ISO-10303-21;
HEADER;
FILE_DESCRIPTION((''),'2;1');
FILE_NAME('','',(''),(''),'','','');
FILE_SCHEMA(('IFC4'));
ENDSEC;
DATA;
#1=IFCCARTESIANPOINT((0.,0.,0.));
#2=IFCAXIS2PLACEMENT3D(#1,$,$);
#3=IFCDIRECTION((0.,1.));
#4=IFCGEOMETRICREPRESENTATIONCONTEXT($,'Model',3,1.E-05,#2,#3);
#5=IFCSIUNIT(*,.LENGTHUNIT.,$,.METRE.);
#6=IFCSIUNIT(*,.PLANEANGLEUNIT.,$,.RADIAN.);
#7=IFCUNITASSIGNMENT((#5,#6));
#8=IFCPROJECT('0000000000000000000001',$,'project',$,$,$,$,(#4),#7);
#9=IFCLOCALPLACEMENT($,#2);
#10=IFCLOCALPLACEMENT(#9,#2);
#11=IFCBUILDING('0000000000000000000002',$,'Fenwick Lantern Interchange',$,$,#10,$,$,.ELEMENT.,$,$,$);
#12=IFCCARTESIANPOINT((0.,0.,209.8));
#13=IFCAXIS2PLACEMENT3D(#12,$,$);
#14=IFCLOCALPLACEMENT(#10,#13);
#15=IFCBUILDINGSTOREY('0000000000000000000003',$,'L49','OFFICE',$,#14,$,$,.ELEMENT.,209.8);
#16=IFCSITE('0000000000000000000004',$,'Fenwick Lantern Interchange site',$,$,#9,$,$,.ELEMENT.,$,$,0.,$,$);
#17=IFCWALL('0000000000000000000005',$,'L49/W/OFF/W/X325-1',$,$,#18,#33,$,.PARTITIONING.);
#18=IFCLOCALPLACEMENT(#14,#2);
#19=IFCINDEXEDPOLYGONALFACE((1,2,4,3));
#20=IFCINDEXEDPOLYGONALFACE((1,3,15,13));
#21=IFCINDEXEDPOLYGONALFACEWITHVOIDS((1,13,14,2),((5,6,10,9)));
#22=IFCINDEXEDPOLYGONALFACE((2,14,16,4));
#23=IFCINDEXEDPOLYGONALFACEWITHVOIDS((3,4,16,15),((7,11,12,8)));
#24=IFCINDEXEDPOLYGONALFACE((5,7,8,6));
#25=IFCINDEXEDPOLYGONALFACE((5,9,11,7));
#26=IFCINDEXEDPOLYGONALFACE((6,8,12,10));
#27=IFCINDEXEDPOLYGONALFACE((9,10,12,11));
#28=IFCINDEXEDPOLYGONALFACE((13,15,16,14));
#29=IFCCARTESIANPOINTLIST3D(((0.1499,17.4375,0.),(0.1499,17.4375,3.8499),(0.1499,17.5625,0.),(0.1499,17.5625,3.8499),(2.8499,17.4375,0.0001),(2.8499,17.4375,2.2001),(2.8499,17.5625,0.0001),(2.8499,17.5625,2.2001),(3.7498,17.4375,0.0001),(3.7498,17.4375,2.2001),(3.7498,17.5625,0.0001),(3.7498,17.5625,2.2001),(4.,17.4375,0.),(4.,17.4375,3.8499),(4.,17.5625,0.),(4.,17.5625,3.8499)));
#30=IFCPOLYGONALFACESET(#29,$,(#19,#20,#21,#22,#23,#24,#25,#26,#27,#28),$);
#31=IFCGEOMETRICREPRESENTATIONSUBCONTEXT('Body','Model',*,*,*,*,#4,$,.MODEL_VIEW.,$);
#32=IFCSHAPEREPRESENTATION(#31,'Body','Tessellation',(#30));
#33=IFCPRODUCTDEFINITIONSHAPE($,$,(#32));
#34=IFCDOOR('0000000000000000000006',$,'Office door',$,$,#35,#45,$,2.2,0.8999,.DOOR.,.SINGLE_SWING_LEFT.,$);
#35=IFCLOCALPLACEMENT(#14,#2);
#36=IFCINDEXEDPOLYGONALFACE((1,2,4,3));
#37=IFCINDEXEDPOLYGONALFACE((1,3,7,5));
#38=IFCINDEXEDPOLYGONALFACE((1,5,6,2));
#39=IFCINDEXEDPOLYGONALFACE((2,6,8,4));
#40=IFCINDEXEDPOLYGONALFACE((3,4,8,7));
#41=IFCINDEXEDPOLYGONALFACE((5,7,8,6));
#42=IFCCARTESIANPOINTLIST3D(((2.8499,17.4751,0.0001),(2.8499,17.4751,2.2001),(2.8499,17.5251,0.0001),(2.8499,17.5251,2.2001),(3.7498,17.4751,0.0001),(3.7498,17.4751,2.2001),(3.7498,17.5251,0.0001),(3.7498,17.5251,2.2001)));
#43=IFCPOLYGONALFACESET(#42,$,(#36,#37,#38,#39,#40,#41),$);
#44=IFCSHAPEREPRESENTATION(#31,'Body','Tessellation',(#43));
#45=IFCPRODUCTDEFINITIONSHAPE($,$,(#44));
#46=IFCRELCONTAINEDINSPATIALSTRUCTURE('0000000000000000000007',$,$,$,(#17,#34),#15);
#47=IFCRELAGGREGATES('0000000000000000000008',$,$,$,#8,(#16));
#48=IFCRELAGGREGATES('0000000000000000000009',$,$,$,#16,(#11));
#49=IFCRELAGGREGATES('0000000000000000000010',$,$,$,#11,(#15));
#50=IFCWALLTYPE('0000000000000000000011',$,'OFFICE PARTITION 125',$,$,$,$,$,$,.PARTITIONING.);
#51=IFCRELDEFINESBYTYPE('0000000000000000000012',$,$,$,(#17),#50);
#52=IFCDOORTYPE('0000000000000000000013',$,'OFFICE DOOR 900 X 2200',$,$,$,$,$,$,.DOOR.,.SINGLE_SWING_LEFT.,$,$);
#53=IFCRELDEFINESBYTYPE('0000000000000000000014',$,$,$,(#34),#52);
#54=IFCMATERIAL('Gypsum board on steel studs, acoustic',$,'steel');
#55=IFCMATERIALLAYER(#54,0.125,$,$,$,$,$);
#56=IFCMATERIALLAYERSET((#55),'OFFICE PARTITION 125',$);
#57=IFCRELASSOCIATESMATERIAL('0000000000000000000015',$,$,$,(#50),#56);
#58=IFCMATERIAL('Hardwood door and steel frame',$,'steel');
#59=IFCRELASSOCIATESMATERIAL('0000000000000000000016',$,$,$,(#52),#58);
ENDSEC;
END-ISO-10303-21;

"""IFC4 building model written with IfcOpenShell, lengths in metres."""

from ifc_helpers import new_model, si_unit, direction, frame, frame_2d, origin, place, context, subcontext, project, spatial, rectangle, extrude, material, layer, layer_set, type_object, element, fill, save


model = new_model("IFC4")

# Units and contexts
model_context = context("Model", 3, precision=1e-05, world=origin(), true_north=direction((0.0, 1.0)))
body_context = subcontext(model_context, "Body", "Model", "MODEL_VIEW")
ifc_project = project(units=[si_unit("LENGTHUNIT", "METRE"), si_unit("PLANEANGLEUNIT", "RADIAN")], contexts=[model_context])

# Site, building, storey
site_placement = place(None, origin())
site = spatial("IfcSite", under=ifc_project, at=site_placement, Name="Fenwick Lantern Interchange site", CompositionType="ELEMENT", RefElevation=0.0)
building_placement = place(site_placement, origin())
building = spatial("IfcBuilding", under=site, at=building_placement, Name="Fenwick Lantern Interchange", CompositionType="ELEMENT")
storey_placement = place(building_placement, frame((0.0, 0.0, 209.8)))
storey = spatial("IfcBuildingStorey", under=building, at=storey_placement, Name="L49", Description="OFFICE", CompositionType="ELEMENT", Elevation=209.8)

# Shared definitions
ifc_material_1 = material(Name="Gypsum board on steel studs, acoustic", Category="steel")
ifc_layer_1 = layer(ifc_material_1, 0.125)
ifc_layer_set_1 = layer_set([ifc_layer_1], Name="OFFICE PARTITION 125")
wall_type_1 = type_object("IfcWallType", Name="OFFICE PARTITION 125", PredefinedType="PARTITIONING", material=ifc_layer_set_1)

# Wall, opening, door
wall_1_placement = place(storey_placement, frame((0.1499, 17.5, 0.0), z_axis=(0.0, 0.0, 1.0), x_axis=(1.0, 0.0, 0.0)))
wall_1 = element("IfcWall", 1, at=wall_1_placement, inside=storey, type_object=wall_type_1, Name="L49/W/OFF/W/X325-1", PredefinedType="PARTITIONING", context=body_context, shape_type="SweptSolid", body=[
    extrude(rectangle(XDim=3.8501, YDim=0.125, at=frame_2d((1.925, 0.0))), origin(), (0.0, 0.0, 1.0), 3.8499),
])
opening_placement = place(wall_1_placement, frame((2.7, 0.0, 0.0)))
opening = element("IfcOpeningElement", 2, at=opening_placement, cuts=wall_1, PredefinedType="OPENING", context=body_context, shape_type="SweptSolid", body=[
    extrude(rectangle(XDim=0.8999, YDim=2.2, at=frame_2d((0.45, 1.1001))), frame((0.0, 0.0725, 0.0), z_axis=(0.0, -1.0, 0.0), x_axis=(1.0, 0.0, 0.0)), (0.0, 0.0, 1.0), 0.145),
])
ifc_material_2 = material(Name="Hardwood door and steel frame", Category="steel")
door_type = type_object("IfcDoorType", Name="OFFICE DOOR 900 X 2200", OperationType="SINGLE_SWING_LEFT", PredefinedType="DOOR", material=ifc_material_2)
door_placement = place(opening_placement, frame((0.8999, 0.0, 0.0), z_axis=(0.0, 0.0, 1.0), x_axis=(-1.0, 0.0, 0.0)))
door = element("IfcDoor", 3, at=door_placement, inside=storey, type_object=door_type, Name="Office door", OperationType="SINGLE_SWING_LEFT", OverallHeight=2.2, OverallWidth=0.8999, PredefinedType="DOOR", context=body_context, shape_type="SweptSolid", body=[
    extrude(rectangle(XDim=0.8999, YDim=2.2, at=frame_2d((0.45, 1.1001))), frame((0.0, 0.0249, 0.0), z_axis=(0.0, -1.0, 0.0), x_axis=(1.0, 0.0, 0.0)), (0.0, 0.0, 1.0), 0.05),
])
fill(opening, door)

save(model, "model.ifc")
